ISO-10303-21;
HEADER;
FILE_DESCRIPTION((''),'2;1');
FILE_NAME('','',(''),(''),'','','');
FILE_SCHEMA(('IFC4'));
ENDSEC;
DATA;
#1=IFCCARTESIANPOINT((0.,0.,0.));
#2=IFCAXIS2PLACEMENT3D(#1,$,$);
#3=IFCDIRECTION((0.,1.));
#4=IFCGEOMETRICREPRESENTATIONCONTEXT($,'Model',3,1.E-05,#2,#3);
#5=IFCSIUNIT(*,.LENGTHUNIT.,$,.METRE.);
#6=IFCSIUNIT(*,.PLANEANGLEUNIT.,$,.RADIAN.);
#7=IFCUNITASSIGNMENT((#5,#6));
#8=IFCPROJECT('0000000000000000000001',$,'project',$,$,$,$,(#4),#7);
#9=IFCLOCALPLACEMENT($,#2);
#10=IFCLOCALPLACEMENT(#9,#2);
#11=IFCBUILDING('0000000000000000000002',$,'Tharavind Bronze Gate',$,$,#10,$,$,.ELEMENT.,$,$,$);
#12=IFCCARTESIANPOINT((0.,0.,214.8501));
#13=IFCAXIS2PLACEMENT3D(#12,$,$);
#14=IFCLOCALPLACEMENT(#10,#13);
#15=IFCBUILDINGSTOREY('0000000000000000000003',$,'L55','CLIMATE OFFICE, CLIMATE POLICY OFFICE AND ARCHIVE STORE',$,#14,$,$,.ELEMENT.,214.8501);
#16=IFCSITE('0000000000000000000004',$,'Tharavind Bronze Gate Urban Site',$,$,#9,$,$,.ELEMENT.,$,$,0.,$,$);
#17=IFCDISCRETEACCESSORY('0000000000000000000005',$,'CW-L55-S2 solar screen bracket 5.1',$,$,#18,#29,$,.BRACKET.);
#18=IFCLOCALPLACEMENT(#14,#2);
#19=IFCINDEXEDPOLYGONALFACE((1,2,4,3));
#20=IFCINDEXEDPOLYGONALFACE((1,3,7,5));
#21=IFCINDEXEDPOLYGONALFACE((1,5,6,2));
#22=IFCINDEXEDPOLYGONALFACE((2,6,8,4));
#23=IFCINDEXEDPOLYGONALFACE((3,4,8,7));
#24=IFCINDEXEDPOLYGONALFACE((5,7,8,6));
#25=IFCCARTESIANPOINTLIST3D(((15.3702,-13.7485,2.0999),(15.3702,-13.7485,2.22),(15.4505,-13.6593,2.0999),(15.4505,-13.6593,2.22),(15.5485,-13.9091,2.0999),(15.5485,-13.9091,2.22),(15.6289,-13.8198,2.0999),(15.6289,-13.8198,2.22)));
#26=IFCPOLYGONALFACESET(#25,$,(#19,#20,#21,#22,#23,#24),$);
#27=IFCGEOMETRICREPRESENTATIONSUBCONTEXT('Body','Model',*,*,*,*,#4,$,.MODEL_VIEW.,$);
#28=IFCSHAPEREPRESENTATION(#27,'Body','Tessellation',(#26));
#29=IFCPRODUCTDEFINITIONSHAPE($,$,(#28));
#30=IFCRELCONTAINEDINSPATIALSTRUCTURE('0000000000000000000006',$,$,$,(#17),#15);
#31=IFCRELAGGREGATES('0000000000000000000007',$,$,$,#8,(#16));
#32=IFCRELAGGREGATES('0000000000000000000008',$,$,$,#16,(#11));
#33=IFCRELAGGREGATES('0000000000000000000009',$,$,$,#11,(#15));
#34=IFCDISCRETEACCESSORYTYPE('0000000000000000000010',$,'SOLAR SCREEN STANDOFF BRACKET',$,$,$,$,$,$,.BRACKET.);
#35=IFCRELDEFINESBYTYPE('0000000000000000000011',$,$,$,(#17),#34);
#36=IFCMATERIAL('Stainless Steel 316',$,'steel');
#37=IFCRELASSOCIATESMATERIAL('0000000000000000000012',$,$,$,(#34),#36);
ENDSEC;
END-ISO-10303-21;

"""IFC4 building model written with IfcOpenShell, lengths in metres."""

from ifc_helpers import new_model, si_unit, direction, frame, origin, origin_2d, place, context, subcontext, project, spatial, rectangle, extrude, material, type_object, element, save


model = new_model("IFC4")

# Units and contexts
model_context = context("Model", 3, precision=1e-05, world=origin(), true_north=direction((0.0, 1.0)))
body_context = subcontext(model_context, "Body", "Model", "MODEL_VIEW")
ifc_project = project(units=[si_unit("LENGTHUNIT", "METRE"), si_unit("PLANEANGLEUNIT", "RADIAN")], contexts=[model_context])

# Site, building, storey
site_placement = place(None, origin())
site = spatial("IfcSite", under=ifc_project, at=site_placement, Name="Tharavind Bronze Gate Urban Site", CompositionType="ELEMENT", RefElevation=0.0)
building_placement = place(site_placement, origin())
building = spatial("IfcBuilding", under=site, at=building_placement, Name="Tharavind Bronze Gate", CompositionType="ELEMENT")
storey_placement = place(building_placement, frame((0.0, 0.0, 214.8501)))
storey = spatial("IfcBuildingStorey", under=building, at=storey_placement, Name="L55", Description="CLIMATE OFFICE, CLIMATE POLICY OFFICE AND ARCHIVE STORE", CompositionType="ELEMENT", Elevation=214.8501)

# Discrete accessory
ifc_material_1 = material(Name="Stainless Steel 316", Category="steel")
discrete_accessory_type = type_object("IfcDiscreteAccessoryType", Name="SOLAR SCREEN STANDOFF BRACKET", PredefinedType="BRACKET", material=ifc_material_1)
discrete_accessory_placement = place(storey_placement, frame((15.4995, -13.7842, 2.0999), z_axis=(0.0, 0.0, 1.0), x_axis=(0.669131, 0.743145, 0.0)))
element("IfcDiscreteAccessory", 1, at=discrete_accessory_placement, inside=storey, type_object=discrete_accessory_type, Name="CW-L55-S2 solar screen bracket 5.1", PredefinedType="BRACKET", context=body_context, shape_type="SweptSolid", body=[
    extrude(rectangle(XDim=0.1201, YDim=0.24, at=origin_2d()), origin(), (0.0, 0.0, 1.0), 0.1201),
])

save(model, "model.ifc")
